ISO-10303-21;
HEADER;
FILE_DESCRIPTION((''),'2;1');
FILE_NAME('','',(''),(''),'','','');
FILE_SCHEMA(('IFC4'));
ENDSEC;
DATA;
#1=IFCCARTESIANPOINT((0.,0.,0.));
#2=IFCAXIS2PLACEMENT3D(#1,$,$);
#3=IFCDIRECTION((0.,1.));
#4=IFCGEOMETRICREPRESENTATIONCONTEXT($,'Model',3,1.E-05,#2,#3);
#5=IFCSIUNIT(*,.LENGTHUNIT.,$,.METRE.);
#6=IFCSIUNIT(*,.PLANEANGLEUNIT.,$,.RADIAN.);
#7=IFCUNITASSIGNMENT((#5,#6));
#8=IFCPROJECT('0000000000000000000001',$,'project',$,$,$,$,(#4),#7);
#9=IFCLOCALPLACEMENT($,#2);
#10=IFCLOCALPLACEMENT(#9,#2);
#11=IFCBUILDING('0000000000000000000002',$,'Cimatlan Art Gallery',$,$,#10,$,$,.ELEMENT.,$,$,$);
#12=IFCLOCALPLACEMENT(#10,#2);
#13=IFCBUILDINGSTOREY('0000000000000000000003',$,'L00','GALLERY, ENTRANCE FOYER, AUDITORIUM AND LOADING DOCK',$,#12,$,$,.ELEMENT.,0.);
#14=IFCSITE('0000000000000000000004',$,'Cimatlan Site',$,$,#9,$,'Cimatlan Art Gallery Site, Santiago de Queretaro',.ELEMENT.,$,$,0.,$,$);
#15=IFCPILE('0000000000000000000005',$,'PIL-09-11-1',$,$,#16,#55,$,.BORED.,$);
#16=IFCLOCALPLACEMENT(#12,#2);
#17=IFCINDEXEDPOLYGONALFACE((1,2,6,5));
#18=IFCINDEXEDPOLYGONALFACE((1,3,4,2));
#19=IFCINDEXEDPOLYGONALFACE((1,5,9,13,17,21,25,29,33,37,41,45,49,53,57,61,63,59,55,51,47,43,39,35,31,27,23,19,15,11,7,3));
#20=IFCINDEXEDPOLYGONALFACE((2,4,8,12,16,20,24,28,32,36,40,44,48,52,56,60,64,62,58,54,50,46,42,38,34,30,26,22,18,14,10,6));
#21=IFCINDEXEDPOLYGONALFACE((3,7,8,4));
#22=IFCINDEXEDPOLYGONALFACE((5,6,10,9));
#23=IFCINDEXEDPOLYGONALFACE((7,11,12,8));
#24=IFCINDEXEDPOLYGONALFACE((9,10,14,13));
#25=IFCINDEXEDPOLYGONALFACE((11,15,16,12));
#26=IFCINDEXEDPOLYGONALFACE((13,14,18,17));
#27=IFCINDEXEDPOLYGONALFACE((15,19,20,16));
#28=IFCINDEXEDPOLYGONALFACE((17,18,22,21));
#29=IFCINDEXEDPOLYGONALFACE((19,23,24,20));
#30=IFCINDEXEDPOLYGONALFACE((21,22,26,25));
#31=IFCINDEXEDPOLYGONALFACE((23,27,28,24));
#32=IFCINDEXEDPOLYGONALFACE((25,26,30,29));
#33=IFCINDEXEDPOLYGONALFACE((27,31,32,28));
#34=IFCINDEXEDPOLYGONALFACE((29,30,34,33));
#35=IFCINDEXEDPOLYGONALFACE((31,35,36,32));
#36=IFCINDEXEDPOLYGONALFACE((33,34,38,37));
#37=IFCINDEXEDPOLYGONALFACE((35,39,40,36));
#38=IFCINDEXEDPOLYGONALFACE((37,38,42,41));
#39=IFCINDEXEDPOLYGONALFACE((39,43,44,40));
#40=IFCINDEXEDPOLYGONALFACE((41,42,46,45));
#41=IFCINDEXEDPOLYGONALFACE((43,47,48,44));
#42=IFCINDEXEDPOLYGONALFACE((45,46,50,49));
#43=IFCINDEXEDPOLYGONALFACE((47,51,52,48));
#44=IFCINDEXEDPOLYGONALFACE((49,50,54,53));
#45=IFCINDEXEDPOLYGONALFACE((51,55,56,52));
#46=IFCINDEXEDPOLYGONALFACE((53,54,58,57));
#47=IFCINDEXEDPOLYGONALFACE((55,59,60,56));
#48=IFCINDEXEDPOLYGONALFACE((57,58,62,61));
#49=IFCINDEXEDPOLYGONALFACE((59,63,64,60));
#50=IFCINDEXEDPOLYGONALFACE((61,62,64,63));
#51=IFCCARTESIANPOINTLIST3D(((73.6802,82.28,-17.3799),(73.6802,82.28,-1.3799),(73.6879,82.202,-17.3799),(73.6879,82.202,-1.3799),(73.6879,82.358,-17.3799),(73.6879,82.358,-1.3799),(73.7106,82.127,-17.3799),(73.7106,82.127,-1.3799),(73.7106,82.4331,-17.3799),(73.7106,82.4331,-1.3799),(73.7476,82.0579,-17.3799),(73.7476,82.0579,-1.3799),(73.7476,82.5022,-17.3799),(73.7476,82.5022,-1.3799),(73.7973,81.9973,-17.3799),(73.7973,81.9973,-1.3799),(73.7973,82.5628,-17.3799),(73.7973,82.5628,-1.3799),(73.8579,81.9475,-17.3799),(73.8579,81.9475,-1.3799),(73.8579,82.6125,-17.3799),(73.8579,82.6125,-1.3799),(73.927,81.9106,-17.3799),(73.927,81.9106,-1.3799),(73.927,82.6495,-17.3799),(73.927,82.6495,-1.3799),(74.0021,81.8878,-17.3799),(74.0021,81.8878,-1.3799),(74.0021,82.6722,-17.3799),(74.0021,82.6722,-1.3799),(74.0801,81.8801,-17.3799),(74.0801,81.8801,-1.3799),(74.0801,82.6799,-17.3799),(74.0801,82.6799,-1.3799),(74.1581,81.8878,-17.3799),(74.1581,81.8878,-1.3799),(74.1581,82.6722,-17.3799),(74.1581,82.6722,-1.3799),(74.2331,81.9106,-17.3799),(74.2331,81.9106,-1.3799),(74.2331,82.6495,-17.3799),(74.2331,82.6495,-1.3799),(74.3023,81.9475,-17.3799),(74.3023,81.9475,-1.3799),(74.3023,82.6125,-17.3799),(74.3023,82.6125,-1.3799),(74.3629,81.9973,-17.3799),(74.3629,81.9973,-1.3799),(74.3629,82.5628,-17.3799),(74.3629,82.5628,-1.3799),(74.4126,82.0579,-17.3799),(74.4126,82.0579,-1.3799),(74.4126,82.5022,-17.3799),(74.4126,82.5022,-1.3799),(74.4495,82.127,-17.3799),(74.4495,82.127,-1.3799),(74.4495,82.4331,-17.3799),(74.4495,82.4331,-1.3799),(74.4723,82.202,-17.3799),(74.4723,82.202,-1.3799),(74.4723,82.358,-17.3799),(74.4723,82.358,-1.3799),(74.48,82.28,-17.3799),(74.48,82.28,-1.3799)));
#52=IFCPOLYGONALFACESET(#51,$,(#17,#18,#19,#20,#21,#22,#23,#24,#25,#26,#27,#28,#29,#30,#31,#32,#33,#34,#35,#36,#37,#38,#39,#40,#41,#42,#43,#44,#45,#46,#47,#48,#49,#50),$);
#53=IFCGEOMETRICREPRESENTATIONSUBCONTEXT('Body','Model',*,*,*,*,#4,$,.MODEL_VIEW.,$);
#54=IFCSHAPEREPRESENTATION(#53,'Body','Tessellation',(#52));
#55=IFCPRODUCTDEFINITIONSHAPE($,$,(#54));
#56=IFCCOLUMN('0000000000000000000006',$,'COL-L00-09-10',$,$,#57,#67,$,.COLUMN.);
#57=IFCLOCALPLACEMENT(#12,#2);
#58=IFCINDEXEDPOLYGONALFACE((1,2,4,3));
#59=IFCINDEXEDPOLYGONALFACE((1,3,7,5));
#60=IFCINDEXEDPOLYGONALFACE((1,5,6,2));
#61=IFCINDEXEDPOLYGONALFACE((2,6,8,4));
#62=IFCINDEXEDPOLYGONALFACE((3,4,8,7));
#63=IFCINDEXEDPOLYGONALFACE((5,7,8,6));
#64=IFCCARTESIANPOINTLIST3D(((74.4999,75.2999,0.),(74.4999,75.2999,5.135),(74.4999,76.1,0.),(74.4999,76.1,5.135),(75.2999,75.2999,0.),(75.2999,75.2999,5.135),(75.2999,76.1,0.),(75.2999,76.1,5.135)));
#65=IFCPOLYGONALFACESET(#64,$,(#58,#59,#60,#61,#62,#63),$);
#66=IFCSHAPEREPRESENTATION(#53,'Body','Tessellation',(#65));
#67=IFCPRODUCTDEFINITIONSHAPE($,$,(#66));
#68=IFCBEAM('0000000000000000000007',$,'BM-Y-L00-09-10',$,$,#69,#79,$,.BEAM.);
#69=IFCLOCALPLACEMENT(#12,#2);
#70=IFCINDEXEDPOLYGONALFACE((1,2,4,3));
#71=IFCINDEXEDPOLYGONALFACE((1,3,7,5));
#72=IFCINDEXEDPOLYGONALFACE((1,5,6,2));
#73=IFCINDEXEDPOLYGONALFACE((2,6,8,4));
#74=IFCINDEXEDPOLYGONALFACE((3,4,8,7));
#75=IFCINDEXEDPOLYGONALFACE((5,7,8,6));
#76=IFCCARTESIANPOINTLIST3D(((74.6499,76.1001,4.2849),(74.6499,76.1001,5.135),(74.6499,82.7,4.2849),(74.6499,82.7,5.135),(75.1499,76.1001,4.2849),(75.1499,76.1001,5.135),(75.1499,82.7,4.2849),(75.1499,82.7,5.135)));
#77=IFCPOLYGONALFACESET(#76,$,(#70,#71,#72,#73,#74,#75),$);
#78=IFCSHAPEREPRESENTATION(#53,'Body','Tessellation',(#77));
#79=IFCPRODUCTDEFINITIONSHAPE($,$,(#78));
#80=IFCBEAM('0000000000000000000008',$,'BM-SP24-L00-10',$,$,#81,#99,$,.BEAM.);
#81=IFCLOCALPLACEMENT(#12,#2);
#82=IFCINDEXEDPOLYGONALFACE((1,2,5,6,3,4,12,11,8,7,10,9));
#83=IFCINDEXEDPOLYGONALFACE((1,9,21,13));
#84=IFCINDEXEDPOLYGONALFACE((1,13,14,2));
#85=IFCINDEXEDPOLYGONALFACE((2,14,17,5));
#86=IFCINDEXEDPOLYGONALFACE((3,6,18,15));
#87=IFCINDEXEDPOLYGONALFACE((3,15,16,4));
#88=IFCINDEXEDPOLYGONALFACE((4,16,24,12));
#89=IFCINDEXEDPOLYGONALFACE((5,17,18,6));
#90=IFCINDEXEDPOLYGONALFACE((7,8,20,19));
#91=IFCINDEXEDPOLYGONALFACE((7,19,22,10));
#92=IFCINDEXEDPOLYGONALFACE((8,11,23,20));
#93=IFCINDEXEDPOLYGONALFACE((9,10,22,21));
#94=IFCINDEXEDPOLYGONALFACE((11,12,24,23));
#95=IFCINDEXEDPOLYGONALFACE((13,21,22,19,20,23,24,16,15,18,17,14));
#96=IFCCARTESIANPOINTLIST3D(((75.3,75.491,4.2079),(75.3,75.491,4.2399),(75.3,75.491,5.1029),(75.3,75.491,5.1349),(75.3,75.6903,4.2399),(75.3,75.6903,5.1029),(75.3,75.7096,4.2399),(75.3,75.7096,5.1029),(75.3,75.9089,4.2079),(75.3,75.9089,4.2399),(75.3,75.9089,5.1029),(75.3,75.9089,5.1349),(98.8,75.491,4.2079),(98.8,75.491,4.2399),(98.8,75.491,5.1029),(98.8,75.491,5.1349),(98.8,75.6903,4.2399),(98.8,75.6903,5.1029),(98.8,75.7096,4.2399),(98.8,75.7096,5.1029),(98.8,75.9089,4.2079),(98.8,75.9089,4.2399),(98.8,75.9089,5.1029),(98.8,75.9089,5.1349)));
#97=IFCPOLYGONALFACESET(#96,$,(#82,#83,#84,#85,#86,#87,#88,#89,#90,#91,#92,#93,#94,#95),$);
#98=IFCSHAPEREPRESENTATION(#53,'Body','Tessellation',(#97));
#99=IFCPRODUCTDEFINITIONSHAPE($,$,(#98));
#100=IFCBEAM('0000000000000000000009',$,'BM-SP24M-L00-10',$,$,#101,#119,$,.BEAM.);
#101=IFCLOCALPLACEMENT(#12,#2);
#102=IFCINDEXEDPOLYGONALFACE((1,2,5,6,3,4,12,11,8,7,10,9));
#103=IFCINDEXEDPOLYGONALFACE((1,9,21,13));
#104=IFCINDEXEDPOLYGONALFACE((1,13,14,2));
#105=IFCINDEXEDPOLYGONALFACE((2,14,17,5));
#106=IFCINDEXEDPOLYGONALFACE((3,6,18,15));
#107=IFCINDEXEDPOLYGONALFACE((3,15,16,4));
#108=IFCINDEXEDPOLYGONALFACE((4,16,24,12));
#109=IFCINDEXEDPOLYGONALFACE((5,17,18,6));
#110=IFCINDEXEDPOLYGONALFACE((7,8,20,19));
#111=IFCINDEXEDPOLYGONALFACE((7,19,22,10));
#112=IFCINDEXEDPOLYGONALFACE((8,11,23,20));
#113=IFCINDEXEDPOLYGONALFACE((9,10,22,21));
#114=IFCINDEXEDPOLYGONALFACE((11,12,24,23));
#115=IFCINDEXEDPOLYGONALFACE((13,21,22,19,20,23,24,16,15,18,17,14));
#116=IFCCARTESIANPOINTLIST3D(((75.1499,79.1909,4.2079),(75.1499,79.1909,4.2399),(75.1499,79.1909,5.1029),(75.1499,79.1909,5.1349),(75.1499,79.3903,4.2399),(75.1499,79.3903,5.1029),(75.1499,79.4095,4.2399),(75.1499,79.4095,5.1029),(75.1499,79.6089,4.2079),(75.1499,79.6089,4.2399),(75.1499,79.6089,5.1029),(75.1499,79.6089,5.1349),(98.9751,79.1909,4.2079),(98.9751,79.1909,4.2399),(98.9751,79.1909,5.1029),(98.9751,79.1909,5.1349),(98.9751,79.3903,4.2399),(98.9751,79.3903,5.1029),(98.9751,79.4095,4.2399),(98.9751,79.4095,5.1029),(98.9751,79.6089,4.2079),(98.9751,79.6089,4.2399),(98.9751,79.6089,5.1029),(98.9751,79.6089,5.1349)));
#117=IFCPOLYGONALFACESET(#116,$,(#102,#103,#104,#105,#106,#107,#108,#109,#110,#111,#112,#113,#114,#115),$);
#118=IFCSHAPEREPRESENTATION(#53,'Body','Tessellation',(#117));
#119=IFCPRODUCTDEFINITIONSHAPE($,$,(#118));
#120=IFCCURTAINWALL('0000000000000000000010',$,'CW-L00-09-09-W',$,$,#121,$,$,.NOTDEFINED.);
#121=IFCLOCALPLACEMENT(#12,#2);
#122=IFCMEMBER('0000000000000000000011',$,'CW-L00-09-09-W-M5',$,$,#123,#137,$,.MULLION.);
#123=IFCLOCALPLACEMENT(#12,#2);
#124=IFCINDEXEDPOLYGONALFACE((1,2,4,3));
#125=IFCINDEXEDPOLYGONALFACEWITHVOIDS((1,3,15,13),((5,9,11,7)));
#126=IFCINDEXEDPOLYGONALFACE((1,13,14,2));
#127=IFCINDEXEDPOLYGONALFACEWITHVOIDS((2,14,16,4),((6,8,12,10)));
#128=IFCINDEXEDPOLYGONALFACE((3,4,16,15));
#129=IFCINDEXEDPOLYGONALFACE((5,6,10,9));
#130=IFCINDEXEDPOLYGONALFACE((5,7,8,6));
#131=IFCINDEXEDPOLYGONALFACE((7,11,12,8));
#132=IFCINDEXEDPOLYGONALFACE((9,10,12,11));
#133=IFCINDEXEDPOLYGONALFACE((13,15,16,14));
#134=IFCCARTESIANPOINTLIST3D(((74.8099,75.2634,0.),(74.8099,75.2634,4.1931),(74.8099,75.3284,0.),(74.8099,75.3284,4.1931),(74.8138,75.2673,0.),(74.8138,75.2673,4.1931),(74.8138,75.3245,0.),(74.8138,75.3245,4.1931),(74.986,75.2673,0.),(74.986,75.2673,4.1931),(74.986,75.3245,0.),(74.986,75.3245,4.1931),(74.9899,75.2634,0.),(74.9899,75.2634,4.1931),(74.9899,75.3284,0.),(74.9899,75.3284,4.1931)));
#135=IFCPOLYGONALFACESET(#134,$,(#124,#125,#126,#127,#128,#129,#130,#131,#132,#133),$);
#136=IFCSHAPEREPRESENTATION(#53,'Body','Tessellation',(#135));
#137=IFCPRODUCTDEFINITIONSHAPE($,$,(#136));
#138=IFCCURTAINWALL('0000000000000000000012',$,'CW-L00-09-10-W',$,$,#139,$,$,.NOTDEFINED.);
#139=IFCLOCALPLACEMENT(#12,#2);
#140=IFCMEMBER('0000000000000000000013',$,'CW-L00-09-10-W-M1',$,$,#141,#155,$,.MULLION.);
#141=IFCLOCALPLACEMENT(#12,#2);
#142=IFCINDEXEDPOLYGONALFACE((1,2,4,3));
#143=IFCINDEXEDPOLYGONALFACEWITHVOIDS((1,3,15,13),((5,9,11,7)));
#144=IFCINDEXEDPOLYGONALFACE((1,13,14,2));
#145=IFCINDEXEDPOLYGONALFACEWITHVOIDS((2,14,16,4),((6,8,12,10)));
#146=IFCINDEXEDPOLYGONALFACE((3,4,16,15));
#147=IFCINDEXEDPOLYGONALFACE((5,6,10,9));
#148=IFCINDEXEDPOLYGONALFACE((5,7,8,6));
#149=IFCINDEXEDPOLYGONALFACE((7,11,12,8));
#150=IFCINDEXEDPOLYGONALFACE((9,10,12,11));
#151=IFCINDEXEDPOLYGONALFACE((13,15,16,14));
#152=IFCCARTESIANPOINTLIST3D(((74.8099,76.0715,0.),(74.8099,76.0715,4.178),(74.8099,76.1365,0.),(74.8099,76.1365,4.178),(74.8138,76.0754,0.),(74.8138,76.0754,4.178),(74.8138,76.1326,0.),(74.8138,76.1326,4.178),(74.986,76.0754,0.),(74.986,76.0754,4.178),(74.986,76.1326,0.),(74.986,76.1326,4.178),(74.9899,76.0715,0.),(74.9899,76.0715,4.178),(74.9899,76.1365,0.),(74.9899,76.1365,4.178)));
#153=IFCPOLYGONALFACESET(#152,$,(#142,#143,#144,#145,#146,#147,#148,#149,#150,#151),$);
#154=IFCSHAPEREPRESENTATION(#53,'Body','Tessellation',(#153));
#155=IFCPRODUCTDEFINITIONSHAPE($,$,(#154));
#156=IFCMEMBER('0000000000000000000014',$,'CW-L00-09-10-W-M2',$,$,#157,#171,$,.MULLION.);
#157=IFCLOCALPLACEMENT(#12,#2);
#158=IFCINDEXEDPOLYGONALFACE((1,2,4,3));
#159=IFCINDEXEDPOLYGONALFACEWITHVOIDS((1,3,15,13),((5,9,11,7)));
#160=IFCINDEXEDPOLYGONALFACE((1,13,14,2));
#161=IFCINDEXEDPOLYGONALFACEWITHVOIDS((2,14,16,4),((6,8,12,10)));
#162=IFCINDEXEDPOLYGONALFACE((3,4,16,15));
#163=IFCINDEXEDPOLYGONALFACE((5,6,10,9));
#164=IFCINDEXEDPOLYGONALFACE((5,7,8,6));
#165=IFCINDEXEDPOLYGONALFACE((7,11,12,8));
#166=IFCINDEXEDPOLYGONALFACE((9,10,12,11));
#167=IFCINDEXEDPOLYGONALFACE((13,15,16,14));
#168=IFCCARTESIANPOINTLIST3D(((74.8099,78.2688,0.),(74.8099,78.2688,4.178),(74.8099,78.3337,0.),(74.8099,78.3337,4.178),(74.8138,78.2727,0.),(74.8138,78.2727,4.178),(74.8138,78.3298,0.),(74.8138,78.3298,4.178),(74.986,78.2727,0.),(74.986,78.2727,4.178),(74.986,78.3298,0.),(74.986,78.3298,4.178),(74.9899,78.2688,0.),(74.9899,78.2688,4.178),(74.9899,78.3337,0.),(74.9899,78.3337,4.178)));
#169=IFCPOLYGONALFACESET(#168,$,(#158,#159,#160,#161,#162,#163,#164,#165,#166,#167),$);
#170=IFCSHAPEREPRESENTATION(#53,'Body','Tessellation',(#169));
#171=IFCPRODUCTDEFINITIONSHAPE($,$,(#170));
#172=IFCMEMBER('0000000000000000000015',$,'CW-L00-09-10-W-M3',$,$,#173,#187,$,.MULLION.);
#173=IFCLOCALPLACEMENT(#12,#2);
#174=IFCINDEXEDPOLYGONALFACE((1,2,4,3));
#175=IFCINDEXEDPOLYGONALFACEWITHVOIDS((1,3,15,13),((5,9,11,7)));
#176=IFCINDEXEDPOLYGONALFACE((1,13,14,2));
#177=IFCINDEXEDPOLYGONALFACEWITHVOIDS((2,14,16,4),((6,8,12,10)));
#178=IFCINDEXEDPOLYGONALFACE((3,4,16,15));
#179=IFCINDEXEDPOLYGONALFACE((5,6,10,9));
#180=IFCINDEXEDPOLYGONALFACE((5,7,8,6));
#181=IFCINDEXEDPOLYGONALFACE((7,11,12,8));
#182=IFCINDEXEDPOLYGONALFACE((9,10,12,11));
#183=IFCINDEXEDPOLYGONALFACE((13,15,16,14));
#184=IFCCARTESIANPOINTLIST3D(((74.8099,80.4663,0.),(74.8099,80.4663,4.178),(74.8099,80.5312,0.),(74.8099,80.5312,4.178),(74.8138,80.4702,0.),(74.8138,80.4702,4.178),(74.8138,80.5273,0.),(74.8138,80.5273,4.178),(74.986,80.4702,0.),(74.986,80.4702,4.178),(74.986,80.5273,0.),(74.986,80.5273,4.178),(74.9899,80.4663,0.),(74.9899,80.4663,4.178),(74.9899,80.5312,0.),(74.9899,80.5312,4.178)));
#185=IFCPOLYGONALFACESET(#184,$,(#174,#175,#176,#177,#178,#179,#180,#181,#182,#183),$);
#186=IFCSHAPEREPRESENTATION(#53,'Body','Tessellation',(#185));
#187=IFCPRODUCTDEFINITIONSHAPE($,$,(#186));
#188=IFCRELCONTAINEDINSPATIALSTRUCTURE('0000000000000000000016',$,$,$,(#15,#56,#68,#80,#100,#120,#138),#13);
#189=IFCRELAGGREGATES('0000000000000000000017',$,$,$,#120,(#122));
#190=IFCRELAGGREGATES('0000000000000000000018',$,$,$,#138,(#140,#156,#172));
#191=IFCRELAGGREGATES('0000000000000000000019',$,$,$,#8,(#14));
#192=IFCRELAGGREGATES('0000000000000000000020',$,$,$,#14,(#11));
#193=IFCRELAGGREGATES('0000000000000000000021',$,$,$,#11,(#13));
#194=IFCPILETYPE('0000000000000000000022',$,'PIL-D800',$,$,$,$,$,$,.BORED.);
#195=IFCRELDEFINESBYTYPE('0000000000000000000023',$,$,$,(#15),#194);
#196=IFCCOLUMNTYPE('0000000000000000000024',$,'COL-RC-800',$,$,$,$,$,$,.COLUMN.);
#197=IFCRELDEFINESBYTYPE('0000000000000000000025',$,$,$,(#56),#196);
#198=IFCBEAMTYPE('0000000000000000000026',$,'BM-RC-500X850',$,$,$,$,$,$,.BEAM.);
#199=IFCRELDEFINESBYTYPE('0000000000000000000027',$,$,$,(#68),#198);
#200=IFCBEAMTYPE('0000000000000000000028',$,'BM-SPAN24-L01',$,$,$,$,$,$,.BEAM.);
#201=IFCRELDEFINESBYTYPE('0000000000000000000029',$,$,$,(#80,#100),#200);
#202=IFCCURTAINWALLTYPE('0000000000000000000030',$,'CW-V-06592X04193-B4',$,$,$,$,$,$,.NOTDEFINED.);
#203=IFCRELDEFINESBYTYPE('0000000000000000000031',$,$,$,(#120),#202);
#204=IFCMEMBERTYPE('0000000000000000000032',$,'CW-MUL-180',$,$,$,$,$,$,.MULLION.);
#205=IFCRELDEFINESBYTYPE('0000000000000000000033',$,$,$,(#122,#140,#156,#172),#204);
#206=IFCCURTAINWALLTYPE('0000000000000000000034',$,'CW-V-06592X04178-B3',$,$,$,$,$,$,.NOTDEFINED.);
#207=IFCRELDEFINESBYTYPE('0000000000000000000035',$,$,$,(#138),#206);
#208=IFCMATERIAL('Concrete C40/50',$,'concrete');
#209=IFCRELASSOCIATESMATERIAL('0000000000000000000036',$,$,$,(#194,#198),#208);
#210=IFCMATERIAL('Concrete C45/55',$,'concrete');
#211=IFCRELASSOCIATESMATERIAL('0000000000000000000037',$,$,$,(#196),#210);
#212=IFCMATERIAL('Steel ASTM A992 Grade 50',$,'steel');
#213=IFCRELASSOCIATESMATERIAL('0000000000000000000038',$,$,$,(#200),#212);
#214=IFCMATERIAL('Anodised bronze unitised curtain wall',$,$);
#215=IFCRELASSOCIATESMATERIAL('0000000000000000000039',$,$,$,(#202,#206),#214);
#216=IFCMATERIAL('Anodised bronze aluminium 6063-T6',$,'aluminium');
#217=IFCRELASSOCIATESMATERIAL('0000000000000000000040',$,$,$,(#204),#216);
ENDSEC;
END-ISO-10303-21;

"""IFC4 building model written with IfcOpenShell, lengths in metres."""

from ifc_helpers import new_model, si_unit, direction, frame, origin, origin_2d, place, context, subcontext, project, spatial, rectangle, hollow_rectangle, circle, i_section, extrude, material, material_profile, profile_set, type_object, element, aggregate, save


model = new_model("IFC4")

# Units and contexts
model_context = context("Model", 3, precision=1e-05, world=origin(), true_north=direction((0.0, 1.0)))
body_context = subcontext(model_context, "Body", "Model", "MODEL_VIEW")
ifc_project = project(units=[si_unit("LENGTHUNIT", "METRE"), si_unit("PLANEANGLEUNIT", "RADIAN")], contexts=[model_context])

# Site, building, storey
site_placement = place(None, origin())
site = spatial("IfcSite", under=ifc_project, at=site_placement, Name="Cimatlan Site", LongName="Cimatlan Art Gallery Site, Santiago de Queretaro", CompositionType="ELEMENT", RefElevation=0.0)
building_placement = place(site_placement, origin())
building = spatial("IfcBuilding", under=site, at=building_placement, Name="Cimatlan Art Gallery", CompositionType="ELEMENT")
storey_placement = place(building_placement, origin())
storey = spatial("IfcBuildingStorey", under=building, at=storey_placement, Name="L00", Description="GALLERY, ENTRANCE FOYER, AUDITORIUM AND LOADING DOCK", CompositionType="ELEMENT", Elevation=0.0)

# Pile
ifc_material_1 = material(Name="Concrete C40/50", Category="concrete")
pile_type = type_object("IfcPileType", Name="PIL-D800", PredefinedType="BORED", material=ifc_material_1)
pile_placement = place(storey_placement, frame((74.0801, 82.28, -1.3799), z_axis=(0.0, 0.0, -1.0), x_axis=(1.0, 0.0, 0.0)))
element("IfcPile", 1, at=pile_placement, inside=storey, type_object=pile_type, Name="PIL-09-11-1", PredefinedType="BORED", context=body_context, shape_type="SweptSolid", body=[
    extrude(circle(Radius=0.3999, at=origin_2d()), origin(), (0.0, 0.0, 1.0), 16.0),
])

# Column
ifc_material_2 = material(Name="Concrete C45/55", Category="concrete")
ifc_material_profile_1 = material_profile(ifc_material_2, rectangle(XDim=0.8, YDim=0.8, at=origin_2d()), Name="RC800X800")
ifc_profile_set_1 = profile_set([ifc_material_profile_1], Name="Concrete C45/55")
column_type = type_object("IfcColumnType", Name="COL-RC-800", PredefinedType="COLUMN", material=ifc_profile_set_1)
column_placement = place(storey_placement, frame((74.8999, 75.7, 0.0), z_axis=(0.0, 0.0, 1.0), x_axis=(1.0, 0.0, 0.0)))
element("IfcColumn", 2, at=column_placement, inside=storey, type_object=column_type, Name="COL-L00-09-10", PredefinedType="COLUMN", context=body_context, shape_type="SweptSolid", body=[
    extrude(rectangle(XDim=0.8, YDim=0.8, at=origin_2d()), origin(), (0.0, 0.0, 1.0), 5.135),
])

# Beams
ifc_material_profile_2 = material_profile(ifc_material_1, rectangle(XDim=0.5, YDim=0.8501, at=origin_2d()), Name="RC500X850")
ifc_profile_set_2 = profile_set([ifc_material_profile_2], Name="Concrete C40/50")
beam_type_1 = type_object("IfcBeamType", Name="BM-RC-500X850", PredefinedType="BEAM", material=ifc_profile_set_2)
beam_1_placement = place(storey_placement, frame((74.8999, 76.1001, 4.71), z_axis=(0.0, 1.0, 0.0), x_axis=(-1.0, 0.0, 0.0)))
element("IfcBeam", 3, at=beam_1_placement, inside=storey, type_object=beam_type_1, Name="BM-Y-L00-09-10", PredefinedType="BEAM", context=body_context, shape_type="SweptSolid", body=[
    extrude(rectangle(XDim=0.5, YDim=0.8501, at=origin_2d()), origin(), (0.0, 0.0, 1.0), 6.5999),
])
ifc_material_3 = material(Name="Steel ASTM A992 Grade 50", Category="steel")
ifc_material_profile_3 = material_profile(ifc_material_3, i_section(OverallWidth=0.418, OverallDepth=0.927, WebThickness=0.0193, FlangeThickness=0.032, at=origin_2d()), Name="W36X231")
ifc_profile_set_3 = profile_set([ifc_material_profile_3], Name="Steel ASTM A992 Grade 50")
beam_type_2 = type_object("IfcBeamType", Name="BM-SPAN24-L01", PredefinedType="BEAM", material=ifc_profile_set_3)
beam_2_placement = place(storey_placement, frame((75.3, 75.7, 4.6714), z_axis=(1.0, 0.0, 0.0), x_axis=(0.0, 1.0, 0.0)))
element("IfcBeam", 4, at=beam_2_placement, inside=storey, type_object=beam_type_2, Name="BM-SP24-L00-10", PredefinedType="BEAM", context=body_context, shape_type="SweptSolid", body=[
    extrude(i_section(OverallWidth=0.418, OverallDepth=0.927, WebThickness=0.0193, FlangeThickness=0.032, at=origin_2d()), origin(), (0.0, 0.0, 1.0), 23.5),
])
beam_3_placement = place(storey_placement, frame((75.1499, 79.3999, 4.6714), z_axis=(1.0, 0.0, 0.0), x_axis=(0.0, 1.0, 0.0)))
element("IfcBeam", 5, at=beam_3_placement, inside=storey, type_object=beam_type_2, Name="BM-SP24M-L00-10", PredefinedType="BEAM", context=body_context, shape_type="SweptSolid", body=[
    extrude(i_section(OverallWidth=0.418, OverallDepth=0.927, WebThickness=0.0193, FlangeThickness=0.032, at=origin_2d()), origin(), (0.0, 0.0, 1.0), 23.8252),
])

# Curtain wall, member
ifc_material_4 = material(Name="Anodised bronze unitised curtain wall")
curtain_wall_type_1 = type_object("IfcCurtainWallType", Name="CW-V-06592X04193-B4", PredefinedType="NOTDEFINED", material=ifc_material_4)
curtain_wall_1_placement = place(storey_placement, origin())
curtain_wall_1 = element("IfcCurtainWall", 6, at=curtain_wall_1_placement, inside=storey, type_object=curtain_wall_type_1, Name="CW-L00-09-09-W", PredefinedType="NOTDEFINED")
ifc_material_5 = material(Name="Anodised bronze aluminium 6063-T6", Category="aluminium")
ifc_material_profile_4 = material_profile(ifc_material_5, hollow_rectangle(XDim=0.0649, YDim=0.1799, WallThickness=0.0039, at=origin_2d()), Name="ALU65X180X4")
ifc_profile_set_4 = profile_set([ifc_material_profile_4], Name="Anodised bronze aluminium 6063-T6")
member_type_1 = type_object("IfcMemberType", Name="CW-MUL-180", PredefinedType="MULLION", material=ifc_profile_set_4)
member_1_placement = place(storey_placement, frame((74.8999, 75.2959, 0.0), z_axis=(0.0, 0.0, 1.0), x_axis=(0.0, 1.0, 0.0)))
member_1 = element("IfcMember", 7, at=member_1_placement, type_object=member_type_1, Name="CW-L00-09-09-W-M5", PredefinedType="MULLION", context=body_context, shape_type="SweptSolid", body=[
    extrude(hollow_rectangle(XDim=0.0649, YDim=0.1799, WallThickness=0.0039, at=origin_2d()), origin(), (0.0, 0.0, 1.0), 4.1931),
])

# Curtain wall, members
curtain_wall_type_2 = type_object("IfcCurtainWallType", Name="CW-V-06592X04178-B3", PredefinedType="NOTDEFINED", material=ifc_material_4)
curtain_wall_2_placement = place(storey_placement, origin())
curtain_wall_2 = element("IfcCurtainWall", 8, at=curtain_wall_2_placement, inside=storey, type_object=curtain_wall_type_2, Name="CW-L00-09-10-W", PredefinedType="NOTDEFINED")
member_2_placement = place(storey_placement, frame((74.8999, 76.104, 0.0), z_axis=(0.0, 0.0, 1.0), x_axis=(0.0, 1.0, 0.0)))
member_2 = element("IfcMember", 9, at=member_2_placement, type_object=member_type_1, Name="CW-L00-09-10-W-M1", PredefinedType="MULLION", context=body_context, shape_type="SweptSolid", body=[
    extrude(hollow_rectangle(XDim=0.0649, YDim=0.1799, WallThickness=0.0039, at=origin_2d()), origin(), (0.0, 0.0, 1.0), 4.178),
])
member_3_placement = place(storey_placement, frame((74.8999, 78.3013, 0.0), z_axis=(0.0, 0.0, 1.0), x_axis=(0.0, 1.0, 0.0)))
member_3 = element("IfcMember", 10, at=member_3_placement, type_object=member_type_1, Name="CW-L00-09-10-W-M2", PredefinedType="MULLION", context=body_context, shape_type="SweptSolid", body=[
    extrude(hollow_rectangle(XDim=0.0649, YDim=0.1799, WallThickness=0.0039, at=origin_2d()), origin(), (0.0, 0.0, 1.0), 4.178),
])
member_4_placement = place(storey_placement, frame((74.8999, 80.4988, 0.0), z_axis=(0.0, 0.0, 1.0), x_axis=(0.0, 1.0, 0.0)))
member_4 = element("IfcMember", 11, at=member_4_placement, type_object=member_type_1, Name="CW-L00-09-10-W-M3", PredefinedType="MULLION", context=body_context, shape_type="SweptSolid", body=[
    extrude(hollow_rectangle(XDim=0.0649, YDim=0.1799, WallThickness=0.0039, at=origin_2d()), origin(), (0.0, 0.0, 1.0), 4.178),
])

aggregate(curtain_wall_1, [member_1])
aggregate(curtain_wall_2, [member_2, member_3, member_4])

save(model, "model.ifc")
